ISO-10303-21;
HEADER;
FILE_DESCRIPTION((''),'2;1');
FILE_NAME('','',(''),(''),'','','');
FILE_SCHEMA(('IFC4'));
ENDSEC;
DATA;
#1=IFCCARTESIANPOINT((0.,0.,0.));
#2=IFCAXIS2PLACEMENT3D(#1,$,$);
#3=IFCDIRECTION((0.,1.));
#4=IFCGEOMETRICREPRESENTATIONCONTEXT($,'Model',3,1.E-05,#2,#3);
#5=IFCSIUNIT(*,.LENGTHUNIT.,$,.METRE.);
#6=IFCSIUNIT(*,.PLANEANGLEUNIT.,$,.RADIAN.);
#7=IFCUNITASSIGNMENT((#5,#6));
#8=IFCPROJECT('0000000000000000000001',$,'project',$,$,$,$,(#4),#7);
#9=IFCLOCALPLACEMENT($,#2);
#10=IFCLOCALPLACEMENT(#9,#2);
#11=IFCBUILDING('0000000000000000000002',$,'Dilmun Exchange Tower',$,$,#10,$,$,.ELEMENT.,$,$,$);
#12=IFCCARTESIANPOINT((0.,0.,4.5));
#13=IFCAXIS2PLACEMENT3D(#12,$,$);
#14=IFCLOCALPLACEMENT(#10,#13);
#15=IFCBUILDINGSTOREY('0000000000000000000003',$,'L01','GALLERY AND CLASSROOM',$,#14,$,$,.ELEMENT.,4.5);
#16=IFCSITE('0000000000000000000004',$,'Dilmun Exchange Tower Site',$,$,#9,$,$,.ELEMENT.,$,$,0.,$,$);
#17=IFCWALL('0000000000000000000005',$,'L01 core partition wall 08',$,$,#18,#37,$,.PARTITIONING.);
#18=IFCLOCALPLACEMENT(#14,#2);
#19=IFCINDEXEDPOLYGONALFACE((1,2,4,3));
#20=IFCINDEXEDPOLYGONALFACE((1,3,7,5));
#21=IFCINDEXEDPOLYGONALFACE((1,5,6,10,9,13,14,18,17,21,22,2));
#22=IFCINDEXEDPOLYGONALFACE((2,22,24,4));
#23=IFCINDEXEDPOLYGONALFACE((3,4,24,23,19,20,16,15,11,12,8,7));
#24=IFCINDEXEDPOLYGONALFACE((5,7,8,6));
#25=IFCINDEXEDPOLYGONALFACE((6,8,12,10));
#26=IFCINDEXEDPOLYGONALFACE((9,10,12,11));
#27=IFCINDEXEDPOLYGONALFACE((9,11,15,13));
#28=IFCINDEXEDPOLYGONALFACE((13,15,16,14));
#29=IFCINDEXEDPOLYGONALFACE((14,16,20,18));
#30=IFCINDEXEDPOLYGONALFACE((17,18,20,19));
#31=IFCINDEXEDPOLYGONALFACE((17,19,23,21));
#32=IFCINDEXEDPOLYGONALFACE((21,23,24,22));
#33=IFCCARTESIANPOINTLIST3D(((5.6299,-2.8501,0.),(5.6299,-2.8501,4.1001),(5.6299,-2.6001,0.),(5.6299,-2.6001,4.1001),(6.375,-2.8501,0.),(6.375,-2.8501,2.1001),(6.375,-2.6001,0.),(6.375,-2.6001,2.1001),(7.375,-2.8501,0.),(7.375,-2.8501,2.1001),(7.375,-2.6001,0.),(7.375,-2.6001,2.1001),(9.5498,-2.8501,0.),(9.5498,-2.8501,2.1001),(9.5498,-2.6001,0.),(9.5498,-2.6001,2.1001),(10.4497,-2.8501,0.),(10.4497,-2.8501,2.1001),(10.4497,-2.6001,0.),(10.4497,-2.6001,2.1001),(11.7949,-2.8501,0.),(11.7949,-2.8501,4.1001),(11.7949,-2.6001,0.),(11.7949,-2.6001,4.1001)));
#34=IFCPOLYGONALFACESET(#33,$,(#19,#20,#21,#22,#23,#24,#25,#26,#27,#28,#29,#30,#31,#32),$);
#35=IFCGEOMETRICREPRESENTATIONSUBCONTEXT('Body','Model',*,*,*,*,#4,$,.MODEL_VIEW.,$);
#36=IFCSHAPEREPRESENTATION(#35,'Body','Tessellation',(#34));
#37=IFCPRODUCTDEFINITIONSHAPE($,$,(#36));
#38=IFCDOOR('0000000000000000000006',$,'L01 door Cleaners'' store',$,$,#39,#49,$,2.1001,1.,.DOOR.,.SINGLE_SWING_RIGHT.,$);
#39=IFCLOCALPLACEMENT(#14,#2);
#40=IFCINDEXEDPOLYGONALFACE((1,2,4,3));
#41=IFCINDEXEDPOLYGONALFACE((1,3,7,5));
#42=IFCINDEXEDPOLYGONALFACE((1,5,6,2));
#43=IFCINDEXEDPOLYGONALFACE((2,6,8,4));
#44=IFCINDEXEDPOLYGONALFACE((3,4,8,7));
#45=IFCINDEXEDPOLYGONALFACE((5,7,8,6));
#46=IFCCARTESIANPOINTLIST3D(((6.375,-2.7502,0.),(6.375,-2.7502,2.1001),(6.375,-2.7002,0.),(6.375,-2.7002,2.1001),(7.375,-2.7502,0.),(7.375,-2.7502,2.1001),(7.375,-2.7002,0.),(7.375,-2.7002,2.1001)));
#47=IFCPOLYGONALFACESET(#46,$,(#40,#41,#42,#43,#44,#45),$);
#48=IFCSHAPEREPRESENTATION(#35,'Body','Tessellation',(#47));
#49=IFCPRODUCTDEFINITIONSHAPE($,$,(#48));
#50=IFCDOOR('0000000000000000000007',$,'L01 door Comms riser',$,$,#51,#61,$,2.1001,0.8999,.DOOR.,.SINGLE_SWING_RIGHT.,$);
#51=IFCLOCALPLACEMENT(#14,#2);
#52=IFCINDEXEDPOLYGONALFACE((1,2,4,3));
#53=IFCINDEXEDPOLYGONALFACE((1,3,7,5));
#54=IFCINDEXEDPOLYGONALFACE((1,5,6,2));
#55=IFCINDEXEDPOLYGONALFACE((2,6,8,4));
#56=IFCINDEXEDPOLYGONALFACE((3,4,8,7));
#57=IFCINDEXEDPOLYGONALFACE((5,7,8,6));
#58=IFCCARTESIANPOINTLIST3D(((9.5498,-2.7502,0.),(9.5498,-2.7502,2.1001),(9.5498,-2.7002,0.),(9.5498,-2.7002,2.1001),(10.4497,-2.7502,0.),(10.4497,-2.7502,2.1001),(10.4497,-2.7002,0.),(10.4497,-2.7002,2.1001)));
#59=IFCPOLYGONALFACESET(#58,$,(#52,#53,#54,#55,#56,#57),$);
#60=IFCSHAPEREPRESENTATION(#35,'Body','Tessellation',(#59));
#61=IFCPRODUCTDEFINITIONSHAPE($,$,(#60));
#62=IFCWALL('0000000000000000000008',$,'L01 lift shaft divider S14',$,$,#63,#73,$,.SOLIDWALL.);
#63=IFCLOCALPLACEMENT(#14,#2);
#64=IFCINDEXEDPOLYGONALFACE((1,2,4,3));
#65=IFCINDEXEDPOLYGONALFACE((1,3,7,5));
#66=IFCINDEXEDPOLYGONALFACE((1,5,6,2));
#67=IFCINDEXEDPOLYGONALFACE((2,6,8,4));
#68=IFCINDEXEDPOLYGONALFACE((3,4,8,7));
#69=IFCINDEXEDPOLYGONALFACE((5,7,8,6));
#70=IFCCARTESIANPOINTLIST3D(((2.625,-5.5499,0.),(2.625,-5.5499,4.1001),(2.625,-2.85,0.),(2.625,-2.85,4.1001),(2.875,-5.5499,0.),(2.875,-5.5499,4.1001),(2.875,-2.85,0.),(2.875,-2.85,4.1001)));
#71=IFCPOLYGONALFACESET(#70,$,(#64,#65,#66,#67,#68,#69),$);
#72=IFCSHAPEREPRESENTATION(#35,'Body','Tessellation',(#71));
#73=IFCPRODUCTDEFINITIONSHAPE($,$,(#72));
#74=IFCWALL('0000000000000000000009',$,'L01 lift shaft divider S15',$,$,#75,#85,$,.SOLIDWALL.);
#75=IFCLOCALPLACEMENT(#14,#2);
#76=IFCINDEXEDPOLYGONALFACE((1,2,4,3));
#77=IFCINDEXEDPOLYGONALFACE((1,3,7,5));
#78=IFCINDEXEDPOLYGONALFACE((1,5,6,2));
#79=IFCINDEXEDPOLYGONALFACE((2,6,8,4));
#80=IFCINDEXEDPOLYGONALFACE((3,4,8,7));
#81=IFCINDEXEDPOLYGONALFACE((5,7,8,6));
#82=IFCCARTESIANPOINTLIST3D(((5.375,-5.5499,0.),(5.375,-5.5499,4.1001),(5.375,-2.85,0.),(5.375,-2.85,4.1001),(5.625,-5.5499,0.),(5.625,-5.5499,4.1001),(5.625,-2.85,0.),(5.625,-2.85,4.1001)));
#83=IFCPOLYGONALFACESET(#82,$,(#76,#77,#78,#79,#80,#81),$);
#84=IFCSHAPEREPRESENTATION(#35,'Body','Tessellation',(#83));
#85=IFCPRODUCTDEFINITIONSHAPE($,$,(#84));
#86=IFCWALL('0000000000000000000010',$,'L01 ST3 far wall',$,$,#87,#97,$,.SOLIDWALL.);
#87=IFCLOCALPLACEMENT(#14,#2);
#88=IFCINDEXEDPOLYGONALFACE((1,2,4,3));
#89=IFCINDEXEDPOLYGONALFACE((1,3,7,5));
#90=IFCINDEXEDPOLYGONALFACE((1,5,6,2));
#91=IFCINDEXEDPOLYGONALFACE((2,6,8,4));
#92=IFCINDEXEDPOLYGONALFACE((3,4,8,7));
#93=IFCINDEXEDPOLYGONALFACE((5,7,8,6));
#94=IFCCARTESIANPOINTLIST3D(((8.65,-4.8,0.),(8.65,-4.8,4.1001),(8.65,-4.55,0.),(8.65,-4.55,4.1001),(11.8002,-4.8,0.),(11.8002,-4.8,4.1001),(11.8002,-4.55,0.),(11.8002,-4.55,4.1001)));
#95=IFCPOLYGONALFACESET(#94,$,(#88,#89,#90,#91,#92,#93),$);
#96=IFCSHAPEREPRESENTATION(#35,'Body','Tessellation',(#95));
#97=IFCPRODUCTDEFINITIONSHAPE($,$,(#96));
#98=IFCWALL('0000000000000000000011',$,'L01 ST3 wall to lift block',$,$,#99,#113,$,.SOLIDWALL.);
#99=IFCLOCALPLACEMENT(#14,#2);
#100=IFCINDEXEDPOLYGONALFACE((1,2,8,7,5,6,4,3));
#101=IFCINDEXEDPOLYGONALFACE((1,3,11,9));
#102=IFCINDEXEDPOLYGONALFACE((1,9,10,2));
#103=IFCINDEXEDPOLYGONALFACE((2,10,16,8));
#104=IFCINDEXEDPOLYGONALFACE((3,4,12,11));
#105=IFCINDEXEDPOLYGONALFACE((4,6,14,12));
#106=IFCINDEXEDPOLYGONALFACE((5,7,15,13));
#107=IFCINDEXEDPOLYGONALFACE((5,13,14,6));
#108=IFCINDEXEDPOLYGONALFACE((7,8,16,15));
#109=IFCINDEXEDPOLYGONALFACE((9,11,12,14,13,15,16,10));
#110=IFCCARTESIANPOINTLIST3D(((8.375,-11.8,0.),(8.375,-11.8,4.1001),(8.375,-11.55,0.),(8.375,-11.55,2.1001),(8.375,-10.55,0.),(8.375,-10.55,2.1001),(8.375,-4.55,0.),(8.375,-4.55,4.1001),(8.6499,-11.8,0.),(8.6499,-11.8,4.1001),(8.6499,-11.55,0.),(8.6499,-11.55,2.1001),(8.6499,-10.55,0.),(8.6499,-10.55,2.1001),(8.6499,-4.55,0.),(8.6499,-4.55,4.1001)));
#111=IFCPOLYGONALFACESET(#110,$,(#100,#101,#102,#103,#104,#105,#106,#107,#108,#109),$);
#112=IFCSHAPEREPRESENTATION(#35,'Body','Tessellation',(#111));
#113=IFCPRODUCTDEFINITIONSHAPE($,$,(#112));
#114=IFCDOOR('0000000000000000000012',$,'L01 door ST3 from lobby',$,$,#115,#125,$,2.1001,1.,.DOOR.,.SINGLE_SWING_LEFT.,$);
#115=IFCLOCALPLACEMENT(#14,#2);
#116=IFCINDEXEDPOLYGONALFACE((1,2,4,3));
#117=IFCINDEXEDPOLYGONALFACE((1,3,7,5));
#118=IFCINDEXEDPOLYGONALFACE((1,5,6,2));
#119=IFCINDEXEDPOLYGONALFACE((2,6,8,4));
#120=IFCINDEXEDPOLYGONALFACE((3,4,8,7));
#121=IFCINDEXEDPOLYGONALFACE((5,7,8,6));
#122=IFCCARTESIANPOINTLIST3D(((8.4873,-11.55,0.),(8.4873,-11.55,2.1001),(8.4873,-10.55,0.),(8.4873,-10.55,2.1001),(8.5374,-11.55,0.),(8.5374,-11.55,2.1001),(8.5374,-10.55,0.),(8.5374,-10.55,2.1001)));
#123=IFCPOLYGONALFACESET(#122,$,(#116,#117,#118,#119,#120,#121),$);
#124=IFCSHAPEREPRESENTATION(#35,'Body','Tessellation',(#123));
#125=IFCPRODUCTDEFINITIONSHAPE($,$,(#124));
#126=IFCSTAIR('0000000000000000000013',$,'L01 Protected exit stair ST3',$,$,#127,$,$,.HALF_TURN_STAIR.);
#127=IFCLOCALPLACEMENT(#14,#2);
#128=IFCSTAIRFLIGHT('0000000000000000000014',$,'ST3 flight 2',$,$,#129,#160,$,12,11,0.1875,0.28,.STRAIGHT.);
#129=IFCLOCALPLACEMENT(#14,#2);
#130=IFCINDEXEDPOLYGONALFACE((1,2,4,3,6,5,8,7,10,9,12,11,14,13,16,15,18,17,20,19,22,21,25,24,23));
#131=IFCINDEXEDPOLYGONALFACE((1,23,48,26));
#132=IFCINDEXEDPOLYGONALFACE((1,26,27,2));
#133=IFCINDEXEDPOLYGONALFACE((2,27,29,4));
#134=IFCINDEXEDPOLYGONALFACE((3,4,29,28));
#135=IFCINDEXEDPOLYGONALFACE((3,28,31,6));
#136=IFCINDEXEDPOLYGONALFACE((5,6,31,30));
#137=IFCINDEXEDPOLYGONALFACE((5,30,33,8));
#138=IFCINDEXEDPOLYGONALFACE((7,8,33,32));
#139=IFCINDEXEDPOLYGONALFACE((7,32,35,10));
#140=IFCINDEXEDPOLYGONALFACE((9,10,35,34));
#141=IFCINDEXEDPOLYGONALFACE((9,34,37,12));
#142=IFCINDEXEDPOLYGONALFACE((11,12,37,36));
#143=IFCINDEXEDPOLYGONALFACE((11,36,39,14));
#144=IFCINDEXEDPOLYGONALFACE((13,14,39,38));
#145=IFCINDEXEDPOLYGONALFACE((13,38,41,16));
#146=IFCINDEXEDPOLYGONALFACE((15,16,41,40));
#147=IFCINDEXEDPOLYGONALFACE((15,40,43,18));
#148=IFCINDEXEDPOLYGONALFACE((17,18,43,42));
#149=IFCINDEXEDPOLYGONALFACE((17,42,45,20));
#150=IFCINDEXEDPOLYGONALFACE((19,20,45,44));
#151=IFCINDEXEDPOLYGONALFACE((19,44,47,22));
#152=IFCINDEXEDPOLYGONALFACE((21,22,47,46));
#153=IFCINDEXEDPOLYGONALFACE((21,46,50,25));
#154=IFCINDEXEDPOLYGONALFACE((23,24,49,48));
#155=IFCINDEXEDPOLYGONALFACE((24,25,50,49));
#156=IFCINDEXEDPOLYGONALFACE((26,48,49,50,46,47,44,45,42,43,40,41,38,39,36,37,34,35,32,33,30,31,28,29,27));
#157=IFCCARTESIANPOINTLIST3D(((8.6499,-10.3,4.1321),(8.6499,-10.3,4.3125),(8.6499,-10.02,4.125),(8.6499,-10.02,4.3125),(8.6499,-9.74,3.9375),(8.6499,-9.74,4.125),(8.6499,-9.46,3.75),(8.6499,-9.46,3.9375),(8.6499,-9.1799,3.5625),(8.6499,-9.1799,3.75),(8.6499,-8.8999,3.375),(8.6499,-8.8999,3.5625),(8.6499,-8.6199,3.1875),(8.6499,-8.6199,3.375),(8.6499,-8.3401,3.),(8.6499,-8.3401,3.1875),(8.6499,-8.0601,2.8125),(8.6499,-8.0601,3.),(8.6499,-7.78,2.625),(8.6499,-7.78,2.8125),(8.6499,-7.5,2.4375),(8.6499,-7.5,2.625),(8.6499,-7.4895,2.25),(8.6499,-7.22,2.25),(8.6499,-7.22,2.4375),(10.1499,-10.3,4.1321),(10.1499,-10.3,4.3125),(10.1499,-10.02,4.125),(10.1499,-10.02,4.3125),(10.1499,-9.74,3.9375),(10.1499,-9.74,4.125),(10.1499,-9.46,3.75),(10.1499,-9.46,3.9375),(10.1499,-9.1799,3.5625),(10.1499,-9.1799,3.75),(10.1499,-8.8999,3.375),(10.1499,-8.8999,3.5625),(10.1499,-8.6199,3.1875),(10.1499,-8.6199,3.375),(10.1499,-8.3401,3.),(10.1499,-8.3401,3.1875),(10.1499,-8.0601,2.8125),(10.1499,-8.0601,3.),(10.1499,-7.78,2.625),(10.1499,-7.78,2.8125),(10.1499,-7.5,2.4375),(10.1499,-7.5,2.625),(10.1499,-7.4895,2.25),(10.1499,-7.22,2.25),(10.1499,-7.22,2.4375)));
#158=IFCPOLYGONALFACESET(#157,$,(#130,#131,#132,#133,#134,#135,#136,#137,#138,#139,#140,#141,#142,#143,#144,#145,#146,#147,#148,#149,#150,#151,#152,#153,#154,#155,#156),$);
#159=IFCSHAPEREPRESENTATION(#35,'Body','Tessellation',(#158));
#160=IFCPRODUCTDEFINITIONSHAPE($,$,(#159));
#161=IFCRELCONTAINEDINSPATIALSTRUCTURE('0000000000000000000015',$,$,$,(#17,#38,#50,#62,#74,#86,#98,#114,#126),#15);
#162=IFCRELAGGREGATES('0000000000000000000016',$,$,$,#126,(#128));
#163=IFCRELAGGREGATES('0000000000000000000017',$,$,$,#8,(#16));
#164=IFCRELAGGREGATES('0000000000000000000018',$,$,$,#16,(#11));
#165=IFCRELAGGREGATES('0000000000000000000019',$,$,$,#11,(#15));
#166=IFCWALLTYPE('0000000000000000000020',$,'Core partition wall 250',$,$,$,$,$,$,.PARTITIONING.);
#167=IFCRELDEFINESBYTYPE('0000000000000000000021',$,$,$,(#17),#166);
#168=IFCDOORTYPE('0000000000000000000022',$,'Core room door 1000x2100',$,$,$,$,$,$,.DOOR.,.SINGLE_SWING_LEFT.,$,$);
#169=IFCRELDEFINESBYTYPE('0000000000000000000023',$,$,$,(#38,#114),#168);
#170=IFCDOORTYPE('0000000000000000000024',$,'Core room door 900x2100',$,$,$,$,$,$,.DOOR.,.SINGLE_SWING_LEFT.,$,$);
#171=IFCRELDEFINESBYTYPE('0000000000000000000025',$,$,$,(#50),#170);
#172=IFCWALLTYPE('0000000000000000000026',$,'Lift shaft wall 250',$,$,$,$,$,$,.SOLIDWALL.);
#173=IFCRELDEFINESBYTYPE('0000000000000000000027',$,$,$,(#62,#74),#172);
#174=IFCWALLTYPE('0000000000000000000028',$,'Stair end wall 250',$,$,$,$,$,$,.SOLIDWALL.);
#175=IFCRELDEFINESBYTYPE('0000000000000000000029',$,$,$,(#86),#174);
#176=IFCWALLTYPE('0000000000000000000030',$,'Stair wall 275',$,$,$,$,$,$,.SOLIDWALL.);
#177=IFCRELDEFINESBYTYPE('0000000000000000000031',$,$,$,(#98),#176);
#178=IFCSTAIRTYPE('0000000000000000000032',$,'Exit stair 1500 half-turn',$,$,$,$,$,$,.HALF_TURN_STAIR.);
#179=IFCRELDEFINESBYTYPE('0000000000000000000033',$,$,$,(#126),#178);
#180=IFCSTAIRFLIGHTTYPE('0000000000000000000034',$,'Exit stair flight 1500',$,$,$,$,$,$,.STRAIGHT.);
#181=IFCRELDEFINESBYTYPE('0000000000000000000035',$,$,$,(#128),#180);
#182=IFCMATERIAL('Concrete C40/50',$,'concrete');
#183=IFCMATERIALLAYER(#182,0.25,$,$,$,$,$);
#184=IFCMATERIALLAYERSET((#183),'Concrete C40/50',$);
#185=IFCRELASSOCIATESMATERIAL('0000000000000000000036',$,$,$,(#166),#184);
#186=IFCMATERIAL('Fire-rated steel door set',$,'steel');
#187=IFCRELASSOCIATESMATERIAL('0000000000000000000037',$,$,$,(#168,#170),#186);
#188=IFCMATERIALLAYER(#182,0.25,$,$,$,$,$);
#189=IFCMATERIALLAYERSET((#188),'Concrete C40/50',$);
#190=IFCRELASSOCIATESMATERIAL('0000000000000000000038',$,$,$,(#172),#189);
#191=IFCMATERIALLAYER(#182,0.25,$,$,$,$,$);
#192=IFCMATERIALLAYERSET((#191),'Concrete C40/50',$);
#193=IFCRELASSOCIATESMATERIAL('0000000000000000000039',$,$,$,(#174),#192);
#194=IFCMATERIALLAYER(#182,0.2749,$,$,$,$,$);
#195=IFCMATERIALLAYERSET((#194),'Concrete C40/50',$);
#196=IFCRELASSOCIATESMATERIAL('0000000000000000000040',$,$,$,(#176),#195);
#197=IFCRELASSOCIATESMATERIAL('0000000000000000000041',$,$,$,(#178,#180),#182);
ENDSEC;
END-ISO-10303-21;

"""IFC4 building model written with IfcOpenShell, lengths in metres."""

from ifc_helpers import new_model, si_unit, direction, frame, frame_2d, origin, place, context, subcontext, project, spatial, polyline, rectangle, outline, extrude, material, layer, layer_set, type_object, element, fill, aggregate, save


model = new_model("IFC4")

# Units and contexts
model_context = context("Model", 3, precision=1e-05, world=origin(), true_north=direction((0.0, 1.0)))
body_context = subcontext(model_context, "Body", "Model", "MODEL_VIEW")
ifc_project = project(units=[si_unit("LENGTHUNIT", "METRE"), si_unit("PLANEANGLEUNIT", "RADIAN")], contexts=[model_context])

# Site, building, storey
site_placement = place(None, origin())
site = spatial("IfcSite", under=ifc_project, at=site_placement, Name="Dilmun Exchange Tower Site", CompositionType="ELEMENT", RefElevation=0.0)
building_placement = place(site_placement, origin())
building = spatial("IfcBuilding", under=site, at=building_placement, Name="Dilmun Exchange Tower", CompositionType="ELEMENT")
storey_placement = place(building_placement, frame((0.0, 0.0, 4.5)))
storey = spatial("IfcBuildingStorey", under=building, at=storey_placement, Name="L01", Description="GALLERY AND CLASSROOM", CompositionType="ELEMENT", Elevation=4.5)

# Shared definitions
ifc_material_1 = material(Name="Concrete C40/50", Category="concrete")

# Shared definitions
ifc_material_2 = material(Name="Fire-rated steel door set", Category="steel")

# Shared definitions
ifc_layer_1 = layer(ifc_material_1, 0.25)
ifc_layer_set_1 = layer_set([ifc_layer_1], Name="Concrete C40/50")
wall_type_1 = type_object("IfcWallType", Name="Core partition wall 250", PredefinedType="PARTITIONING", material=ifc_layer_set_1)

# Wall, openings, doors
wall_1_placement = place(storey_placement, frame((5.6299, -2.7251, 0.0), z_axis=(0.0, 0.0, 1.0), x_axis=(1.0, 0.0, 0.0)))
wall_1 = element("IfcWall", 1, at=wall_1_placement, inside=storey, type_object=wall_type_1, Name="L01 core partition wall 08", PredefinedType="PARTITIONING", context=body_context, shape_type="SweptSolid", body=[
    extrude(rectangle(XDim=6.165, YDim=0.25, at=frame_2d((3.0825, 0.0))), origin(), (0.0, 0.0, 1.0), 4.1001),
])
opening_1_placement = place(wall_1_placement, frame((0.7451, 0.0, 0.0)))
opening_1 = element("IfcOpeningElement", 2, at=opening_1_placement, cuts=wall_1, PredefinedType="OPENING", context=body_context, shape_type="SweptSolid", body=[
    extrude(rectangle(XDim=1.0, YDim=2.1001, at=frame_2d((0.5, 1.05))), frame((0.0, 0.135, 0.0), z_axis=(0.0, -1.0, 0.0), x_axis=(1.0, 0.0, 0.0)), (0.0, 0.0, 1.0), 0.27),
])
opening_2_placement = place(wall_1_placement, frame((3.9199, 0.0, 0.0)))
opening_2 = element("IfcOpeningElement", 3, at=opening_2_placement, cuts=wall_1, PredefinedType="OPENING", context=body_context, shape_type="SweptSolid", body=[
    extrude(rectangle(XDim=0.8999, YDim=2.1001, at=frame_2d((0.45, 1.05))), frame((0.0, 0.135, 0.0), z_axis=(0.0, -1.0, 0.0), x_axis=(1.0, 0.0, 0.0)), (0.0, 0.0, 1.0), 0.27),
])
door_type_1 = type_object("IfcDoorType", Name="Core room door 1000x2100", OperationType="SINGLE_SWING_LEFT", PredefinedType="DOOR", material=ifc_material_2)
door_1_placement = place(opening_1_placement, origin())
door_1 = element("IfcDoor", 4, at=door_1_placement, inside=storey, type_object=door_type_1, Name="L01 door Cleaners' store", OperationType="SINGLE_SWING_RIGHT", OverallHeight=2.1001, OverallWidth=1.0, PredefinedType="DOOR", context=body_context, shape_type="SweptSolid", body=[
    extrude(rectangle(XDim=1.0, YDim=2.1001, at=frame_2d((0.5, 1.05))), frame((0.0, 0.0249, 0.0), z_axis=(0.0, -1.0, 0.0), x_axis=(1.0, 0.0, 0.0)), (0.0, 0.0, 1.0), 0.05),
])
fill(opening_1, door_1)
door_type_2 = type_object("IfcDoorType", Name="Core room door 900x2100", OperationType="SINGLE_SWING_LEFT", PredefinedType="DOOR", material=ifc_material_2)
door_2_placement = place(opening_2_placement, origin())
door_2 = element("IfcDoor", 5, at=door_2_placement, inside=storey, type_object=door_type_2, Name="L01 door Comms riser", OperationType="SINGLE_SWING_RIGHT", OverallHeight=2.1001, OverallWidth=0.8999, PredefinedType="DOOR", context=body_context, shape_type="SweptSolid", body=[
    extrude(rectangle(XDim=0.8999, YDim=2.1001, at=frame_2d((0.45, 1.05))), frame((0.0, 0.0249, 0.0), z_axis=(0.0, -1.0, 0.0), x_axis=(1.0, 0.0, 0.0)), (0.0, 0.0, 1.0), 0.05),
])
fill(opening_2, door_2)

# Walls
ifc_layer_2 = layer(ifc_material_1, 0.25)
ifc_layer_set_2 = layer_set([ifc_layer_2], Name="Concrete C40/50")
wall_type_2 = type_object("IfcWallType", Name="Lift shaft wall 250", PredefinedType="SOLIDWALL", material=ifc_layer_set_2)
for number, where, z_axis, x_axis, name in (
    (6, (2.75, -5.55, 0.0), (0.0, 0.0, 1.0), (0.0, 1.0, 0.0), "L01 lift shaft divider S14"),
    (7, (5.5, -5.55, 0.0), (0.0, 0.0, 1.0), (0.0, 1.0, 0.0), "L01 lift shaft divider S15"),
):
    element("IfcWall", number, at=place(storey_placement, frame(where, z_axis=z_axis, x_axis=x_axis)), inside=storey, type_object=wall_type_2, Name=name, PredefinedType="SOLIDWALL", context=body_context, shape_type="SweptSolid", body=[
        extrude(rectangle(XDim=2.7, YDim=0.25, at=frame_2d((1.3501, 0.0))), origin(), (0.0, 0.0, 1.0), 4.1001),
    ])
ifc_layer_3 = layer(ifc_material_1, 0.25)
ifc_layer_set_3 = layer_set([ifc_layer_3], Name="Concrete C40/50")
wall_type_3 = type_object("IfcWallType", Name="Stair end wall 250", PredefinedType="SOLIDWALL", material=ifc_layer_set_3)
wall_2_placement = place(storey_placement, frame((8.6499, -4.675, 0.0), z_axis=(0.0, 0.0, 1.0), x_axis=(1.0, 0.0, 0.0)))
element("IfcWall", 8, at=wall_2_placement, inside=storey, type_object=wall_type_3, Name="L01 ST3 far wall", PredefinedType="SOLIDWALL", context=body_context, shape_type="SweptSolid", body=[
    extrude(rectangle(XDim=3.1501, YDim=0.25, at=frame_2d((1.5752, 0.0))), origin(), (0.0, 0.0, 1.0), 4.1001),
])

# Wall, opening, door
ifc_layer_4 = layer(ifc_material_1, 0.2749)
ifc_layer_set_4 = layer_set([ifc_layer_4], Name="Concrete C40/50")
wall_type_4 = type_object("IfcWallType", Name="Stair wall 275", PredefinedType="SOLIDWALL", material=ifc_layer_set_4)
wall_3_placement = place(storey_placement, frame((8.5125, -4.55, 0.0), z_axis=(0.0, 0.0, 1.0), x_axis=(0.0, -1.0, 0.0)))
wall_3 = element("IfcWall", 9, at=wall_3_placement, inside=storey, type_object=wall_type_4, Name="L01 ST3 wall to lift block", PredefinedType="SOLIDWALL", context=body_context, shape_type="SweptSolid", body=[
    extrude(rectangle(XDim=7.25, YDim=0.2749, at=frame_2d((3.625, 0.0))), origin(), (0.0, 0.0, 1.0), 4.1001),
])
opening_3_placement = place(wall_3_placement, frame((6.0, 0.0, 0.0)))
opening_3 = element("IfcOpeningElement", 10, at=opening_3_placement, cuts=wall_3, PredefinedType="OPENING", context=body_context, shape_type="SweptSolid", body=[
    extrude(rectangle(XDim=1.0, YDim=2.1001, at=frame_2d((0.5, 1.05))), frame((0.0, 0.1475, 0.0), z_axis=(0.0, -1.0, 0.0), x_axis=(1.0, 0.0, 0.0)), (0.0, 0.0, 1.0), 0.2949),
])
door_3_placement = place(opening_3_placement, origin())
door_3 = element("IfcDoor", 11, at=door_3_placement, inside=storey, type_object=door_type_1, Name="L01 door ST3 from lobby", OperationType="SINGLE_SWING_LEFT", OverallHeight=2.1001, OverallWidth=1.0, PredefinedType="DOOR", context=body_context, shape_type="SweptSolid", body=[
    extrude(rectangle(XDim=1.0, YDim=2.1001, at=frame_2d((0.5, 1.05))), frame((0.0, 0.0249, 0.0), z_axis=(0.0, -1.0, 0.0), x_axis=(1.0, 0.0, 0.0)), (0.0, 0.0, 1.0), 0.05),
])
fill(opening_3, door_3)

# Stair, stair flight
stair_type_1 = type_object("IfcStairType", Name="Exit stair 1500 half-turn", PredefinedType="HALF_TURN_STAIR", material=ifc_material_1)
stair_1_placement = place(storey_placement, origin())
stair_1 = element("IfcStair", 12, at=stair_1_placement, inside=storey, type_object=stair_type_1, Name="L01 Protected exit stair ST3", PredefinedType="HALF_TURN_STAIR")
stair_flight_type = type_object("IfcStairFlightType", Name="Exit stair flight 1500", PredefinedType="STRAIGHT", material=ifc_material_1)
stair_flight_placement = place(storey_placement, frame((9.3999, -7.22, 2.25), z_axis=(0.0, 0.0, 1.0), x_axis=(0.0, -1.0, 0.0)))
stair_flight = element("IfcStairFlight", 13, at=stair_flight_placement, type_object=stair_flight_type, Name="ST3 flight 2", NumberOfRisers=12, NumberOfTreads=11, PredefinedType="STRAIGHT", RiserHeight=0.1875, TreadLength=0.28, context=body_context, shape_type="SweptSolid", body=[
    extrude(outline(polyline([(0.0, 0.0), (0.0, 0.1875), (0.28, 0.1875), (0.28, 0.375), (0.5601, 0.375), (0.5601, 0.5625), (0.8401, 0.5625), (0.8401, 0.75), (1.1201, 0.75), (1.1201, 0.9375), (1.3999, 0.9375), (1.3999, 1.125), (1.6799, 1.125), (1.6799, 1.3125), (1.96, 1.3125), (1.96, 1.5), (2.24, 1.5), (2.24, 1.6875), (2.52, 1.6875), (2.52, 1.875), (2.8, 1.875), (2.8, 2.0625), (3.0801, 2.0625), (3.0801, 2.25), (3.0801, 1.8821), (0.2695, 0.0), (0.0, 0.0)])), frame((0.0, 0.75, 0.0), z_axis=(0.0, -1.0, 0.0), x_axis=(1.0, 0.0, 0.0)), (0.0, 0.0, 1.0), 1.5),
])
aggregate(stair_1, [stair_flight])

save(model, "model.ifc")
